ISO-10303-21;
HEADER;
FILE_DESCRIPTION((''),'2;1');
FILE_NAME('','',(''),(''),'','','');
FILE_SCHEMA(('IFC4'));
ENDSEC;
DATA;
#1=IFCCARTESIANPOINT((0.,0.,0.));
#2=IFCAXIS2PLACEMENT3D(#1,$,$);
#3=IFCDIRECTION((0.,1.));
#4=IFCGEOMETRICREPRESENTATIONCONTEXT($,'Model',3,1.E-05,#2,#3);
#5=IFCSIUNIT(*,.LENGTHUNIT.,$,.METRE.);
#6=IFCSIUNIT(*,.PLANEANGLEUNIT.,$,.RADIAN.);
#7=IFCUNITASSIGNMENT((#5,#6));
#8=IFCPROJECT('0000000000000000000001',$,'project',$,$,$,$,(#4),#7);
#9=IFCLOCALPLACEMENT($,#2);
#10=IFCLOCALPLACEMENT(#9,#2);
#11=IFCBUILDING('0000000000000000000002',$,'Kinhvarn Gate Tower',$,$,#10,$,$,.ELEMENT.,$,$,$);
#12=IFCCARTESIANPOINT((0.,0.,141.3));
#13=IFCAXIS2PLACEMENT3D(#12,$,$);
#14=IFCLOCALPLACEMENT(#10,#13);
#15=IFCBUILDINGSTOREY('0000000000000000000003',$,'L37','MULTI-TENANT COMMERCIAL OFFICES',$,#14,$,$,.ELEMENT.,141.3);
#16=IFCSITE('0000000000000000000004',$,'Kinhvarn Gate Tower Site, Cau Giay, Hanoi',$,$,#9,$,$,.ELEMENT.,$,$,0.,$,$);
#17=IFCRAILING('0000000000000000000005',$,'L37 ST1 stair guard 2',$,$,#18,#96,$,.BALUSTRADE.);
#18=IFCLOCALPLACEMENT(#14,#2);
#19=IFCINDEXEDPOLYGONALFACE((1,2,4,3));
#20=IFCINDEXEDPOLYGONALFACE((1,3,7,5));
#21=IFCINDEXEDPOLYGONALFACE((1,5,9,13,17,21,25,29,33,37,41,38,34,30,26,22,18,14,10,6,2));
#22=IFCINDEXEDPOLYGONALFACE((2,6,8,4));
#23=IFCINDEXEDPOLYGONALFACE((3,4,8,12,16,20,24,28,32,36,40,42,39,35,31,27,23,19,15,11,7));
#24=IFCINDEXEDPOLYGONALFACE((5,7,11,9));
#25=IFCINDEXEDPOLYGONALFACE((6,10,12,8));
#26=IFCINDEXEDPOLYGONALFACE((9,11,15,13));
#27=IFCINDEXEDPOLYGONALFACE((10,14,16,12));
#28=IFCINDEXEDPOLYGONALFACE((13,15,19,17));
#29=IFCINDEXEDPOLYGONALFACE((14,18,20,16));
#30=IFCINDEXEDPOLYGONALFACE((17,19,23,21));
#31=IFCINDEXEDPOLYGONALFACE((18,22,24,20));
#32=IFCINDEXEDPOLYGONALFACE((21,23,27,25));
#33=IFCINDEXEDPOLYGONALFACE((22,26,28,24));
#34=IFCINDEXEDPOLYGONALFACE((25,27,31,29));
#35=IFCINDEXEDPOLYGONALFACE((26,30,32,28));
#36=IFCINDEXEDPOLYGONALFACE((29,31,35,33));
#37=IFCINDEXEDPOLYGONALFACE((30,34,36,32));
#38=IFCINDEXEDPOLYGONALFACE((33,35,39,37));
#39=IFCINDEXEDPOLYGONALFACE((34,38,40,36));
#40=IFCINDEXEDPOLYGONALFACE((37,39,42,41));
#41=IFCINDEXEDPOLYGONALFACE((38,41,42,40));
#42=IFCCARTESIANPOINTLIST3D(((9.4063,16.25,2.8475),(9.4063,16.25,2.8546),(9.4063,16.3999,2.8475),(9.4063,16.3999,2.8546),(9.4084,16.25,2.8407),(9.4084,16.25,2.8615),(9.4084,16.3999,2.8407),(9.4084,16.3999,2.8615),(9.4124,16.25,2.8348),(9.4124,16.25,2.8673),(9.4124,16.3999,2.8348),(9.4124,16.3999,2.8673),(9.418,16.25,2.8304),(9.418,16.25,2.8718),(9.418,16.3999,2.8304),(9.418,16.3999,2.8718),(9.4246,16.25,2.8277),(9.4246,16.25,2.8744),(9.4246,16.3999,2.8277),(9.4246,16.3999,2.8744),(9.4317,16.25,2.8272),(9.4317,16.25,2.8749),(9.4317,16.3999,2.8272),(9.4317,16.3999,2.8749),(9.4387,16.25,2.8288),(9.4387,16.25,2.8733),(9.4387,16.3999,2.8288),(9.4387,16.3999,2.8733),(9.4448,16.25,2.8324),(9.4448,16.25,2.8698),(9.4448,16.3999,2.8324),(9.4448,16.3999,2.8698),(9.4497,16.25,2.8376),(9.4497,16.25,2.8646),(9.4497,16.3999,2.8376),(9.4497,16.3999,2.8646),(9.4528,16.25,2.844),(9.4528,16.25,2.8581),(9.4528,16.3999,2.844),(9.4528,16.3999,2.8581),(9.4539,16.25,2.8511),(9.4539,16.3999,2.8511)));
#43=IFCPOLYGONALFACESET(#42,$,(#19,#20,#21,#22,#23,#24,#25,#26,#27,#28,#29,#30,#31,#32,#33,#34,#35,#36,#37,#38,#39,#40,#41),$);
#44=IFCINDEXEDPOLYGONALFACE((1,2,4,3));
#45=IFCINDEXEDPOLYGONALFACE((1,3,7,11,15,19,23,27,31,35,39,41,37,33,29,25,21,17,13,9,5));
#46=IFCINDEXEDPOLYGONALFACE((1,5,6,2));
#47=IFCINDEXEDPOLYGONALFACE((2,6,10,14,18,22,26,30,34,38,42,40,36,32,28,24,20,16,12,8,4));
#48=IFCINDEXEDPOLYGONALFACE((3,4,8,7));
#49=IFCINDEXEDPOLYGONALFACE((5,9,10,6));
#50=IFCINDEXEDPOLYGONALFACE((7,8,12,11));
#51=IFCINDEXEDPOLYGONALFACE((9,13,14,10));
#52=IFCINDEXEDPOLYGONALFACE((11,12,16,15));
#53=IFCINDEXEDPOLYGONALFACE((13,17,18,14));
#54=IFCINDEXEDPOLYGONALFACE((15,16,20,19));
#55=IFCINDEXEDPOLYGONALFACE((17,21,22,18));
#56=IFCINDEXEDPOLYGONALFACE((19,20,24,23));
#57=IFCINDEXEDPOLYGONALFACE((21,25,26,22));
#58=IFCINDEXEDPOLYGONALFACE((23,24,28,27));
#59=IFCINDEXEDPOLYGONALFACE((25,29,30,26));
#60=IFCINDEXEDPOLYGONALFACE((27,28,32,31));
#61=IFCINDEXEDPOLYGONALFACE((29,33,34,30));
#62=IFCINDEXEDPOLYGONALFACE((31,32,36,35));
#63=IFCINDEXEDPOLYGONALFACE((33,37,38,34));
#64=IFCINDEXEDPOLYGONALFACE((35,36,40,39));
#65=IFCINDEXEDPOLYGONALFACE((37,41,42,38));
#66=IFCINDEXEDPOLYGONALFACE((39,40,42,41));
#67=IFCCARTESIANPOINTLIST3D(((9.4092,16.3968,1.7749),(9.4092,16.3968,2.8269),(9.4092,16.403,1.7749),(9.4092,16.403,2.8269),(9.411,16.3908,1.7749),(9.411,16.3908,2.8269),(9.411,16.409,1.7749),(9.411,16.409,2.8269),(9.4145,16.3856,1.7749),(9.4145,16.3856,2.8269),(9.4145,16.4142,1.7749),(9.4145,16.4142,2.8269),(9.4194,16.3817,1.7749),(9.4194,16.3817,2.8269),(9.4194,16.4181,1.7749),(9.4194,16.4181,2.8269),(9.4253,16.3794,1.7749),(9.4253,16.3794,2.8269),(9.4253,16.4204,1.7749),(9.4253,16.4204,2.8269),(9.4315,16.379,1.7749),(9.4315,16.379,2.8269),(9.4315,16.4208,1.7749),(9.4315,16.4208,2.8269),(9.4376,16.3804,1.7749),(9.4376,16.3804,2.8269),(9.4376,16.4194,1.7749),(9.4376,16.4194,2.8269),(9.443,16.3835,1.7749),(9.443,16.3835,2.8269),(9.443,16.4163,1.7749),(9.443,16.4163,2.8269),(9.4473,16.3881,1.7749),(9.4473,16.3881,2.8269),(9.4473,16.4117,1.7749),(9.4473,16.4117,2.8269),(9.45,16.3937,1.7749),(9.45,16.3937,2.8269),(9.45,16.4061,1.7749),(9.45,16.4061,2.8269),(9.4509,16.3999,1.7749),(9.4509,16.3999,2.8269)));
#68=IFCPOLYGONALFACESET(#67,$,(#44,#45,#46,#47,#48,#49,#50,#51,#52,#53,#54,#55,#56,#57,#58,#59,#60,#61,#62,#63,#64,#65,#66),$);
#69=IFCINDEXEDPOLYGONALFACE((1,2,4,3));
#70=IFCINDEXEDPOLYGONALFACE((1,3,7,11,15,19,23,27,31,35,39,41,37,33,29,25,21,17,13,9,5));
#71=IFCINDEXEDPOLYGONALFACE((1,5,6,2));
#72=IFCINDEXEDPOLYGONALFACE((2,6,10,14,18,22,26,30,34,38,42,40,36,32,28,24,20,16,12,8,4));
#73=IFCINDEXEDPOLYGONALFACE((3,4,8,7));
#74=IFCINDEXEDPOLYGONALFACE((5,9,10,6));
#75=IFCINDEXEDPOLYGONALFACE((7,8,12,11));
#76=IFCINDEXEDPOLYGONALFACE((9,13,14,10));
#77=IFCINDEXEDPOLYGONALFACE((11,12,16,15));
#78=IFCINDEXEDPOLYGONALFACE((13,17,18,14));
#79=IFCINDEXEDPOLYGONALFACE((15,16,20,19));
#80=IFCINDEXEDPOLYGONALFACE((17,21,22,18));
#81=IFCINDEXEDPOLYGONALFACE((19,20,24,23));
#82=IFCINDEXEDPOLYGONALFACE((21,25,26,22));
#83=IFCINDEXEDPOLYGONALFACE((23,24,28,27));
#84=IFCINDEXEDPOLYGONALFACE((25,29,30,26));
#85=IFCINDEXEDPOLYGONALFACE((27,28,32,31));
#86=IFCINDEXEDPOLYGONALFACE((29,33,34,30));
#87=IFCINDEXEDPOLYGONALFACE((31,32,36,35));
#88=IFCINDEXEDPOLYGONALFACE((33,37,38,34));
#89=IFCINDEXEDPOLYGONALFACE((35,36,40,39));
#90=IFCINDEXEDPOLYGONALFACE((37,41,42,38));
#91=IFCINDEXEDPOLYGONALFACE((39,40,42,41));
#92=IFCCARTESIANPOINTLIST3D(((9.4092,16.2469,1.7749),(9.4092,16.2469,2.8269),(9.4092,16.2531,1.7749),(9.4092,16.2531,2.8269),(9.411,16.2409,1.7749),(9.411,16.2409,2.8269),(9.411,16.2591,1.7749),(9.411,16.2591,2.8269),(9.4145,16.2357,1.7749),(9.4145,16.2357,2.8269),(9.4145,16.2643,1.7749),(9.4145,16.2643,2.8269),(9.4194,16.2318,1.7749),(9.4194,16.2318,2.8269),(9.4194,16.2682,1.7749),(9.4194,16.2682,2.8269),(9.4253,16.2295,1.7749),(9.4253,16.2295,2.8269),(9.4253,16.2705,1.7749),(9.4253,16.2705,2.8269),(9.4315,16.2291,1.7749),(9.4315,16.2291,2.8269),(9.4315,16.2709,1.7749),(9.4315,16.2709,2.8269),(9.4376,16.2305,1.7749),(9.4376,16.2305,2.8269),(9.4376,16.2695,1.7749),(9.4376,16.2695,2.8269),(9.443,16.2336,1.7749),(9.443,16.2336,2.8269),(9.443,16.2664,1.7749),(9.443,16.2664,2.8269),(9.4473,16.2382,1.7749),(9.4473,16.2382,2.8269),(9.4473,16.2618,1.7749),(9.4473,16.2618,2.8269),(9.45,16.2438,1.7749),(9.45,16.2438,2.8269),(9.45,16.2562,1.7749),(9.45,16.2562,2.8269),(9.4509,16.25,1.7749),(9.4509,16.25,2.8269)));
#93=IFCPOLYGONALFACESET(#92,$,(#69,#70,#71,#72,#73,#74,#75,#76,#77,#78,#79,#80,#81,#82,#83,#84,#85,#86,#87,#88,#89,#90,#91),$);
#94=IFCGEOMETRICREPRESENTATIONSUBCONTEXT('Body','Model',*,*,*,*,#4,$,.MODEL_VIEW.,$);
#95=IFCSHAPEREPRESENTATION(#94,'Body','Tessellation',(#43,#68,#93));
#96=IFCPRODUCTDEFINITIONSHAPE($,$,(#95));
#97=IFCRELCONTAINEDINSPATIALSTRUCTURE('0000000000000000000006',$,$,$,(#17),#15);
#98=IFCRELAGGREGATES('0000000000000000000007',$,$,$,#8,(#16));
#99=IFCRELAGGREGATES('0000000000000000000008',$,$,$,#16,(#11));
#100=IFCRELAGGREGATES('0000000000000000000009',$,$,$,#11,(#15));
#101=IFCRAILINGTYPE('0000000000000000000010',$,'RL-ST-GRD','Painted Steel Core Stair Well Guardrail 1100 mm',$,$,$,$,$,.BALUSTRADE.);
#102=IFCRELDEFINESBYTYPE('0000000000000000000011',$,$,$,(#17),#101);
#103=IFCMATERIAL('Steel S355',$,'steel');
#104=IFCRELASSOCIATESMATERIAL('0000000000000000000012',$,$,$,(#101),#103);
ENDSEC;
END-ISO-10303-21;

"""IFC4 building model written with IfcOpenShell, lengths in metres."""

from ifc_helpers import new_model, si_unit, direction, frame, origin, origin_2d, place, context, subcontext, project, spatial, circle, extrude, material, type_object, element, save


model = new_model("IFC4")

# Units and contexts
model_context = context("Model", 3, precision=1e-05, world=origin(), true_north=direction((0.0, 1.0)))
body_context = subcontext(model_context, "Body", "Model", "MODEL_VIEW")
ifc_project = project(units=[si_unit("LENGTHUNIT", "METRE"), si_unit("PLANEANGLEUNIT", "RADIAN")], contexts=[model_context])

# Site, building, storey
site_placement = place(None, origin())
site = spatial("IfcSite", under=ifc_project, at=site_placement, Name="Kinhvarn Gate Tower Site, Cau Giay, Hanoi", CompositionType="ELEMENT", RefElevation=0.0)
building_placement = place(site_placement, origin())
building = spatial("IfcBuilding", under=site, at=building_placement, Name="Kinhvarn Gate Tower", CompositionType="ELEMENT")
storey_placement = place(building_placement, frame((0.0, 0.0, 141.3)))
storey = spatial("IfcBuildingStorey", under=building, at=storey_placement, Name="L37", Description="MULTI-TENANT COMMERCIAL OFFICES", CompositionType="ELEMENT", Elevation=141.3)

# Shared definitions
ifc_material_1 = material(Name="Steel S355", Category="steel")

# Railing
railing_type_1 = type_object("IfcRailingType", Name="RL-ST-GRD", Description="Painted Steel Core Stair Well Guardrail 1100 mm", PredefinedType="BALUSTRADE", material=ifc_material_1)
railing_1_placement = place(storey_placement, frame((9.4299, 16.3999, 1.7749)))
element("IfcRailing", 1, at=railing_1_placement, inside=storey, type_object=railing_type_1, Name="L37 ST1 stair guard 2", PredefinedType="BALUSTRADE", context=body_context, shape_type="SweptSolid", body=[
    extrude(circle(Radius=0.0239, at=origin_2d()), frame((0.0, 0.0, 1.0762), z_axis=(0.0, -1.0, 0.0), x_axis=(1.0, 0.0, 0.0)), (0.0, 0.0, 1.0), 0.1499),
    extrude(circle(Radius=0.021, at=origin_2d()), origin(), (0.0, 0.0, 1.0), 1.052),
    extrude(circle(Radius=0.021, at=origin_2d()), frame((0.0, -0.1499, 0.0)), (0.0, 0.0, 1.0), 1.052),
])

save(model, "model.ifc")
